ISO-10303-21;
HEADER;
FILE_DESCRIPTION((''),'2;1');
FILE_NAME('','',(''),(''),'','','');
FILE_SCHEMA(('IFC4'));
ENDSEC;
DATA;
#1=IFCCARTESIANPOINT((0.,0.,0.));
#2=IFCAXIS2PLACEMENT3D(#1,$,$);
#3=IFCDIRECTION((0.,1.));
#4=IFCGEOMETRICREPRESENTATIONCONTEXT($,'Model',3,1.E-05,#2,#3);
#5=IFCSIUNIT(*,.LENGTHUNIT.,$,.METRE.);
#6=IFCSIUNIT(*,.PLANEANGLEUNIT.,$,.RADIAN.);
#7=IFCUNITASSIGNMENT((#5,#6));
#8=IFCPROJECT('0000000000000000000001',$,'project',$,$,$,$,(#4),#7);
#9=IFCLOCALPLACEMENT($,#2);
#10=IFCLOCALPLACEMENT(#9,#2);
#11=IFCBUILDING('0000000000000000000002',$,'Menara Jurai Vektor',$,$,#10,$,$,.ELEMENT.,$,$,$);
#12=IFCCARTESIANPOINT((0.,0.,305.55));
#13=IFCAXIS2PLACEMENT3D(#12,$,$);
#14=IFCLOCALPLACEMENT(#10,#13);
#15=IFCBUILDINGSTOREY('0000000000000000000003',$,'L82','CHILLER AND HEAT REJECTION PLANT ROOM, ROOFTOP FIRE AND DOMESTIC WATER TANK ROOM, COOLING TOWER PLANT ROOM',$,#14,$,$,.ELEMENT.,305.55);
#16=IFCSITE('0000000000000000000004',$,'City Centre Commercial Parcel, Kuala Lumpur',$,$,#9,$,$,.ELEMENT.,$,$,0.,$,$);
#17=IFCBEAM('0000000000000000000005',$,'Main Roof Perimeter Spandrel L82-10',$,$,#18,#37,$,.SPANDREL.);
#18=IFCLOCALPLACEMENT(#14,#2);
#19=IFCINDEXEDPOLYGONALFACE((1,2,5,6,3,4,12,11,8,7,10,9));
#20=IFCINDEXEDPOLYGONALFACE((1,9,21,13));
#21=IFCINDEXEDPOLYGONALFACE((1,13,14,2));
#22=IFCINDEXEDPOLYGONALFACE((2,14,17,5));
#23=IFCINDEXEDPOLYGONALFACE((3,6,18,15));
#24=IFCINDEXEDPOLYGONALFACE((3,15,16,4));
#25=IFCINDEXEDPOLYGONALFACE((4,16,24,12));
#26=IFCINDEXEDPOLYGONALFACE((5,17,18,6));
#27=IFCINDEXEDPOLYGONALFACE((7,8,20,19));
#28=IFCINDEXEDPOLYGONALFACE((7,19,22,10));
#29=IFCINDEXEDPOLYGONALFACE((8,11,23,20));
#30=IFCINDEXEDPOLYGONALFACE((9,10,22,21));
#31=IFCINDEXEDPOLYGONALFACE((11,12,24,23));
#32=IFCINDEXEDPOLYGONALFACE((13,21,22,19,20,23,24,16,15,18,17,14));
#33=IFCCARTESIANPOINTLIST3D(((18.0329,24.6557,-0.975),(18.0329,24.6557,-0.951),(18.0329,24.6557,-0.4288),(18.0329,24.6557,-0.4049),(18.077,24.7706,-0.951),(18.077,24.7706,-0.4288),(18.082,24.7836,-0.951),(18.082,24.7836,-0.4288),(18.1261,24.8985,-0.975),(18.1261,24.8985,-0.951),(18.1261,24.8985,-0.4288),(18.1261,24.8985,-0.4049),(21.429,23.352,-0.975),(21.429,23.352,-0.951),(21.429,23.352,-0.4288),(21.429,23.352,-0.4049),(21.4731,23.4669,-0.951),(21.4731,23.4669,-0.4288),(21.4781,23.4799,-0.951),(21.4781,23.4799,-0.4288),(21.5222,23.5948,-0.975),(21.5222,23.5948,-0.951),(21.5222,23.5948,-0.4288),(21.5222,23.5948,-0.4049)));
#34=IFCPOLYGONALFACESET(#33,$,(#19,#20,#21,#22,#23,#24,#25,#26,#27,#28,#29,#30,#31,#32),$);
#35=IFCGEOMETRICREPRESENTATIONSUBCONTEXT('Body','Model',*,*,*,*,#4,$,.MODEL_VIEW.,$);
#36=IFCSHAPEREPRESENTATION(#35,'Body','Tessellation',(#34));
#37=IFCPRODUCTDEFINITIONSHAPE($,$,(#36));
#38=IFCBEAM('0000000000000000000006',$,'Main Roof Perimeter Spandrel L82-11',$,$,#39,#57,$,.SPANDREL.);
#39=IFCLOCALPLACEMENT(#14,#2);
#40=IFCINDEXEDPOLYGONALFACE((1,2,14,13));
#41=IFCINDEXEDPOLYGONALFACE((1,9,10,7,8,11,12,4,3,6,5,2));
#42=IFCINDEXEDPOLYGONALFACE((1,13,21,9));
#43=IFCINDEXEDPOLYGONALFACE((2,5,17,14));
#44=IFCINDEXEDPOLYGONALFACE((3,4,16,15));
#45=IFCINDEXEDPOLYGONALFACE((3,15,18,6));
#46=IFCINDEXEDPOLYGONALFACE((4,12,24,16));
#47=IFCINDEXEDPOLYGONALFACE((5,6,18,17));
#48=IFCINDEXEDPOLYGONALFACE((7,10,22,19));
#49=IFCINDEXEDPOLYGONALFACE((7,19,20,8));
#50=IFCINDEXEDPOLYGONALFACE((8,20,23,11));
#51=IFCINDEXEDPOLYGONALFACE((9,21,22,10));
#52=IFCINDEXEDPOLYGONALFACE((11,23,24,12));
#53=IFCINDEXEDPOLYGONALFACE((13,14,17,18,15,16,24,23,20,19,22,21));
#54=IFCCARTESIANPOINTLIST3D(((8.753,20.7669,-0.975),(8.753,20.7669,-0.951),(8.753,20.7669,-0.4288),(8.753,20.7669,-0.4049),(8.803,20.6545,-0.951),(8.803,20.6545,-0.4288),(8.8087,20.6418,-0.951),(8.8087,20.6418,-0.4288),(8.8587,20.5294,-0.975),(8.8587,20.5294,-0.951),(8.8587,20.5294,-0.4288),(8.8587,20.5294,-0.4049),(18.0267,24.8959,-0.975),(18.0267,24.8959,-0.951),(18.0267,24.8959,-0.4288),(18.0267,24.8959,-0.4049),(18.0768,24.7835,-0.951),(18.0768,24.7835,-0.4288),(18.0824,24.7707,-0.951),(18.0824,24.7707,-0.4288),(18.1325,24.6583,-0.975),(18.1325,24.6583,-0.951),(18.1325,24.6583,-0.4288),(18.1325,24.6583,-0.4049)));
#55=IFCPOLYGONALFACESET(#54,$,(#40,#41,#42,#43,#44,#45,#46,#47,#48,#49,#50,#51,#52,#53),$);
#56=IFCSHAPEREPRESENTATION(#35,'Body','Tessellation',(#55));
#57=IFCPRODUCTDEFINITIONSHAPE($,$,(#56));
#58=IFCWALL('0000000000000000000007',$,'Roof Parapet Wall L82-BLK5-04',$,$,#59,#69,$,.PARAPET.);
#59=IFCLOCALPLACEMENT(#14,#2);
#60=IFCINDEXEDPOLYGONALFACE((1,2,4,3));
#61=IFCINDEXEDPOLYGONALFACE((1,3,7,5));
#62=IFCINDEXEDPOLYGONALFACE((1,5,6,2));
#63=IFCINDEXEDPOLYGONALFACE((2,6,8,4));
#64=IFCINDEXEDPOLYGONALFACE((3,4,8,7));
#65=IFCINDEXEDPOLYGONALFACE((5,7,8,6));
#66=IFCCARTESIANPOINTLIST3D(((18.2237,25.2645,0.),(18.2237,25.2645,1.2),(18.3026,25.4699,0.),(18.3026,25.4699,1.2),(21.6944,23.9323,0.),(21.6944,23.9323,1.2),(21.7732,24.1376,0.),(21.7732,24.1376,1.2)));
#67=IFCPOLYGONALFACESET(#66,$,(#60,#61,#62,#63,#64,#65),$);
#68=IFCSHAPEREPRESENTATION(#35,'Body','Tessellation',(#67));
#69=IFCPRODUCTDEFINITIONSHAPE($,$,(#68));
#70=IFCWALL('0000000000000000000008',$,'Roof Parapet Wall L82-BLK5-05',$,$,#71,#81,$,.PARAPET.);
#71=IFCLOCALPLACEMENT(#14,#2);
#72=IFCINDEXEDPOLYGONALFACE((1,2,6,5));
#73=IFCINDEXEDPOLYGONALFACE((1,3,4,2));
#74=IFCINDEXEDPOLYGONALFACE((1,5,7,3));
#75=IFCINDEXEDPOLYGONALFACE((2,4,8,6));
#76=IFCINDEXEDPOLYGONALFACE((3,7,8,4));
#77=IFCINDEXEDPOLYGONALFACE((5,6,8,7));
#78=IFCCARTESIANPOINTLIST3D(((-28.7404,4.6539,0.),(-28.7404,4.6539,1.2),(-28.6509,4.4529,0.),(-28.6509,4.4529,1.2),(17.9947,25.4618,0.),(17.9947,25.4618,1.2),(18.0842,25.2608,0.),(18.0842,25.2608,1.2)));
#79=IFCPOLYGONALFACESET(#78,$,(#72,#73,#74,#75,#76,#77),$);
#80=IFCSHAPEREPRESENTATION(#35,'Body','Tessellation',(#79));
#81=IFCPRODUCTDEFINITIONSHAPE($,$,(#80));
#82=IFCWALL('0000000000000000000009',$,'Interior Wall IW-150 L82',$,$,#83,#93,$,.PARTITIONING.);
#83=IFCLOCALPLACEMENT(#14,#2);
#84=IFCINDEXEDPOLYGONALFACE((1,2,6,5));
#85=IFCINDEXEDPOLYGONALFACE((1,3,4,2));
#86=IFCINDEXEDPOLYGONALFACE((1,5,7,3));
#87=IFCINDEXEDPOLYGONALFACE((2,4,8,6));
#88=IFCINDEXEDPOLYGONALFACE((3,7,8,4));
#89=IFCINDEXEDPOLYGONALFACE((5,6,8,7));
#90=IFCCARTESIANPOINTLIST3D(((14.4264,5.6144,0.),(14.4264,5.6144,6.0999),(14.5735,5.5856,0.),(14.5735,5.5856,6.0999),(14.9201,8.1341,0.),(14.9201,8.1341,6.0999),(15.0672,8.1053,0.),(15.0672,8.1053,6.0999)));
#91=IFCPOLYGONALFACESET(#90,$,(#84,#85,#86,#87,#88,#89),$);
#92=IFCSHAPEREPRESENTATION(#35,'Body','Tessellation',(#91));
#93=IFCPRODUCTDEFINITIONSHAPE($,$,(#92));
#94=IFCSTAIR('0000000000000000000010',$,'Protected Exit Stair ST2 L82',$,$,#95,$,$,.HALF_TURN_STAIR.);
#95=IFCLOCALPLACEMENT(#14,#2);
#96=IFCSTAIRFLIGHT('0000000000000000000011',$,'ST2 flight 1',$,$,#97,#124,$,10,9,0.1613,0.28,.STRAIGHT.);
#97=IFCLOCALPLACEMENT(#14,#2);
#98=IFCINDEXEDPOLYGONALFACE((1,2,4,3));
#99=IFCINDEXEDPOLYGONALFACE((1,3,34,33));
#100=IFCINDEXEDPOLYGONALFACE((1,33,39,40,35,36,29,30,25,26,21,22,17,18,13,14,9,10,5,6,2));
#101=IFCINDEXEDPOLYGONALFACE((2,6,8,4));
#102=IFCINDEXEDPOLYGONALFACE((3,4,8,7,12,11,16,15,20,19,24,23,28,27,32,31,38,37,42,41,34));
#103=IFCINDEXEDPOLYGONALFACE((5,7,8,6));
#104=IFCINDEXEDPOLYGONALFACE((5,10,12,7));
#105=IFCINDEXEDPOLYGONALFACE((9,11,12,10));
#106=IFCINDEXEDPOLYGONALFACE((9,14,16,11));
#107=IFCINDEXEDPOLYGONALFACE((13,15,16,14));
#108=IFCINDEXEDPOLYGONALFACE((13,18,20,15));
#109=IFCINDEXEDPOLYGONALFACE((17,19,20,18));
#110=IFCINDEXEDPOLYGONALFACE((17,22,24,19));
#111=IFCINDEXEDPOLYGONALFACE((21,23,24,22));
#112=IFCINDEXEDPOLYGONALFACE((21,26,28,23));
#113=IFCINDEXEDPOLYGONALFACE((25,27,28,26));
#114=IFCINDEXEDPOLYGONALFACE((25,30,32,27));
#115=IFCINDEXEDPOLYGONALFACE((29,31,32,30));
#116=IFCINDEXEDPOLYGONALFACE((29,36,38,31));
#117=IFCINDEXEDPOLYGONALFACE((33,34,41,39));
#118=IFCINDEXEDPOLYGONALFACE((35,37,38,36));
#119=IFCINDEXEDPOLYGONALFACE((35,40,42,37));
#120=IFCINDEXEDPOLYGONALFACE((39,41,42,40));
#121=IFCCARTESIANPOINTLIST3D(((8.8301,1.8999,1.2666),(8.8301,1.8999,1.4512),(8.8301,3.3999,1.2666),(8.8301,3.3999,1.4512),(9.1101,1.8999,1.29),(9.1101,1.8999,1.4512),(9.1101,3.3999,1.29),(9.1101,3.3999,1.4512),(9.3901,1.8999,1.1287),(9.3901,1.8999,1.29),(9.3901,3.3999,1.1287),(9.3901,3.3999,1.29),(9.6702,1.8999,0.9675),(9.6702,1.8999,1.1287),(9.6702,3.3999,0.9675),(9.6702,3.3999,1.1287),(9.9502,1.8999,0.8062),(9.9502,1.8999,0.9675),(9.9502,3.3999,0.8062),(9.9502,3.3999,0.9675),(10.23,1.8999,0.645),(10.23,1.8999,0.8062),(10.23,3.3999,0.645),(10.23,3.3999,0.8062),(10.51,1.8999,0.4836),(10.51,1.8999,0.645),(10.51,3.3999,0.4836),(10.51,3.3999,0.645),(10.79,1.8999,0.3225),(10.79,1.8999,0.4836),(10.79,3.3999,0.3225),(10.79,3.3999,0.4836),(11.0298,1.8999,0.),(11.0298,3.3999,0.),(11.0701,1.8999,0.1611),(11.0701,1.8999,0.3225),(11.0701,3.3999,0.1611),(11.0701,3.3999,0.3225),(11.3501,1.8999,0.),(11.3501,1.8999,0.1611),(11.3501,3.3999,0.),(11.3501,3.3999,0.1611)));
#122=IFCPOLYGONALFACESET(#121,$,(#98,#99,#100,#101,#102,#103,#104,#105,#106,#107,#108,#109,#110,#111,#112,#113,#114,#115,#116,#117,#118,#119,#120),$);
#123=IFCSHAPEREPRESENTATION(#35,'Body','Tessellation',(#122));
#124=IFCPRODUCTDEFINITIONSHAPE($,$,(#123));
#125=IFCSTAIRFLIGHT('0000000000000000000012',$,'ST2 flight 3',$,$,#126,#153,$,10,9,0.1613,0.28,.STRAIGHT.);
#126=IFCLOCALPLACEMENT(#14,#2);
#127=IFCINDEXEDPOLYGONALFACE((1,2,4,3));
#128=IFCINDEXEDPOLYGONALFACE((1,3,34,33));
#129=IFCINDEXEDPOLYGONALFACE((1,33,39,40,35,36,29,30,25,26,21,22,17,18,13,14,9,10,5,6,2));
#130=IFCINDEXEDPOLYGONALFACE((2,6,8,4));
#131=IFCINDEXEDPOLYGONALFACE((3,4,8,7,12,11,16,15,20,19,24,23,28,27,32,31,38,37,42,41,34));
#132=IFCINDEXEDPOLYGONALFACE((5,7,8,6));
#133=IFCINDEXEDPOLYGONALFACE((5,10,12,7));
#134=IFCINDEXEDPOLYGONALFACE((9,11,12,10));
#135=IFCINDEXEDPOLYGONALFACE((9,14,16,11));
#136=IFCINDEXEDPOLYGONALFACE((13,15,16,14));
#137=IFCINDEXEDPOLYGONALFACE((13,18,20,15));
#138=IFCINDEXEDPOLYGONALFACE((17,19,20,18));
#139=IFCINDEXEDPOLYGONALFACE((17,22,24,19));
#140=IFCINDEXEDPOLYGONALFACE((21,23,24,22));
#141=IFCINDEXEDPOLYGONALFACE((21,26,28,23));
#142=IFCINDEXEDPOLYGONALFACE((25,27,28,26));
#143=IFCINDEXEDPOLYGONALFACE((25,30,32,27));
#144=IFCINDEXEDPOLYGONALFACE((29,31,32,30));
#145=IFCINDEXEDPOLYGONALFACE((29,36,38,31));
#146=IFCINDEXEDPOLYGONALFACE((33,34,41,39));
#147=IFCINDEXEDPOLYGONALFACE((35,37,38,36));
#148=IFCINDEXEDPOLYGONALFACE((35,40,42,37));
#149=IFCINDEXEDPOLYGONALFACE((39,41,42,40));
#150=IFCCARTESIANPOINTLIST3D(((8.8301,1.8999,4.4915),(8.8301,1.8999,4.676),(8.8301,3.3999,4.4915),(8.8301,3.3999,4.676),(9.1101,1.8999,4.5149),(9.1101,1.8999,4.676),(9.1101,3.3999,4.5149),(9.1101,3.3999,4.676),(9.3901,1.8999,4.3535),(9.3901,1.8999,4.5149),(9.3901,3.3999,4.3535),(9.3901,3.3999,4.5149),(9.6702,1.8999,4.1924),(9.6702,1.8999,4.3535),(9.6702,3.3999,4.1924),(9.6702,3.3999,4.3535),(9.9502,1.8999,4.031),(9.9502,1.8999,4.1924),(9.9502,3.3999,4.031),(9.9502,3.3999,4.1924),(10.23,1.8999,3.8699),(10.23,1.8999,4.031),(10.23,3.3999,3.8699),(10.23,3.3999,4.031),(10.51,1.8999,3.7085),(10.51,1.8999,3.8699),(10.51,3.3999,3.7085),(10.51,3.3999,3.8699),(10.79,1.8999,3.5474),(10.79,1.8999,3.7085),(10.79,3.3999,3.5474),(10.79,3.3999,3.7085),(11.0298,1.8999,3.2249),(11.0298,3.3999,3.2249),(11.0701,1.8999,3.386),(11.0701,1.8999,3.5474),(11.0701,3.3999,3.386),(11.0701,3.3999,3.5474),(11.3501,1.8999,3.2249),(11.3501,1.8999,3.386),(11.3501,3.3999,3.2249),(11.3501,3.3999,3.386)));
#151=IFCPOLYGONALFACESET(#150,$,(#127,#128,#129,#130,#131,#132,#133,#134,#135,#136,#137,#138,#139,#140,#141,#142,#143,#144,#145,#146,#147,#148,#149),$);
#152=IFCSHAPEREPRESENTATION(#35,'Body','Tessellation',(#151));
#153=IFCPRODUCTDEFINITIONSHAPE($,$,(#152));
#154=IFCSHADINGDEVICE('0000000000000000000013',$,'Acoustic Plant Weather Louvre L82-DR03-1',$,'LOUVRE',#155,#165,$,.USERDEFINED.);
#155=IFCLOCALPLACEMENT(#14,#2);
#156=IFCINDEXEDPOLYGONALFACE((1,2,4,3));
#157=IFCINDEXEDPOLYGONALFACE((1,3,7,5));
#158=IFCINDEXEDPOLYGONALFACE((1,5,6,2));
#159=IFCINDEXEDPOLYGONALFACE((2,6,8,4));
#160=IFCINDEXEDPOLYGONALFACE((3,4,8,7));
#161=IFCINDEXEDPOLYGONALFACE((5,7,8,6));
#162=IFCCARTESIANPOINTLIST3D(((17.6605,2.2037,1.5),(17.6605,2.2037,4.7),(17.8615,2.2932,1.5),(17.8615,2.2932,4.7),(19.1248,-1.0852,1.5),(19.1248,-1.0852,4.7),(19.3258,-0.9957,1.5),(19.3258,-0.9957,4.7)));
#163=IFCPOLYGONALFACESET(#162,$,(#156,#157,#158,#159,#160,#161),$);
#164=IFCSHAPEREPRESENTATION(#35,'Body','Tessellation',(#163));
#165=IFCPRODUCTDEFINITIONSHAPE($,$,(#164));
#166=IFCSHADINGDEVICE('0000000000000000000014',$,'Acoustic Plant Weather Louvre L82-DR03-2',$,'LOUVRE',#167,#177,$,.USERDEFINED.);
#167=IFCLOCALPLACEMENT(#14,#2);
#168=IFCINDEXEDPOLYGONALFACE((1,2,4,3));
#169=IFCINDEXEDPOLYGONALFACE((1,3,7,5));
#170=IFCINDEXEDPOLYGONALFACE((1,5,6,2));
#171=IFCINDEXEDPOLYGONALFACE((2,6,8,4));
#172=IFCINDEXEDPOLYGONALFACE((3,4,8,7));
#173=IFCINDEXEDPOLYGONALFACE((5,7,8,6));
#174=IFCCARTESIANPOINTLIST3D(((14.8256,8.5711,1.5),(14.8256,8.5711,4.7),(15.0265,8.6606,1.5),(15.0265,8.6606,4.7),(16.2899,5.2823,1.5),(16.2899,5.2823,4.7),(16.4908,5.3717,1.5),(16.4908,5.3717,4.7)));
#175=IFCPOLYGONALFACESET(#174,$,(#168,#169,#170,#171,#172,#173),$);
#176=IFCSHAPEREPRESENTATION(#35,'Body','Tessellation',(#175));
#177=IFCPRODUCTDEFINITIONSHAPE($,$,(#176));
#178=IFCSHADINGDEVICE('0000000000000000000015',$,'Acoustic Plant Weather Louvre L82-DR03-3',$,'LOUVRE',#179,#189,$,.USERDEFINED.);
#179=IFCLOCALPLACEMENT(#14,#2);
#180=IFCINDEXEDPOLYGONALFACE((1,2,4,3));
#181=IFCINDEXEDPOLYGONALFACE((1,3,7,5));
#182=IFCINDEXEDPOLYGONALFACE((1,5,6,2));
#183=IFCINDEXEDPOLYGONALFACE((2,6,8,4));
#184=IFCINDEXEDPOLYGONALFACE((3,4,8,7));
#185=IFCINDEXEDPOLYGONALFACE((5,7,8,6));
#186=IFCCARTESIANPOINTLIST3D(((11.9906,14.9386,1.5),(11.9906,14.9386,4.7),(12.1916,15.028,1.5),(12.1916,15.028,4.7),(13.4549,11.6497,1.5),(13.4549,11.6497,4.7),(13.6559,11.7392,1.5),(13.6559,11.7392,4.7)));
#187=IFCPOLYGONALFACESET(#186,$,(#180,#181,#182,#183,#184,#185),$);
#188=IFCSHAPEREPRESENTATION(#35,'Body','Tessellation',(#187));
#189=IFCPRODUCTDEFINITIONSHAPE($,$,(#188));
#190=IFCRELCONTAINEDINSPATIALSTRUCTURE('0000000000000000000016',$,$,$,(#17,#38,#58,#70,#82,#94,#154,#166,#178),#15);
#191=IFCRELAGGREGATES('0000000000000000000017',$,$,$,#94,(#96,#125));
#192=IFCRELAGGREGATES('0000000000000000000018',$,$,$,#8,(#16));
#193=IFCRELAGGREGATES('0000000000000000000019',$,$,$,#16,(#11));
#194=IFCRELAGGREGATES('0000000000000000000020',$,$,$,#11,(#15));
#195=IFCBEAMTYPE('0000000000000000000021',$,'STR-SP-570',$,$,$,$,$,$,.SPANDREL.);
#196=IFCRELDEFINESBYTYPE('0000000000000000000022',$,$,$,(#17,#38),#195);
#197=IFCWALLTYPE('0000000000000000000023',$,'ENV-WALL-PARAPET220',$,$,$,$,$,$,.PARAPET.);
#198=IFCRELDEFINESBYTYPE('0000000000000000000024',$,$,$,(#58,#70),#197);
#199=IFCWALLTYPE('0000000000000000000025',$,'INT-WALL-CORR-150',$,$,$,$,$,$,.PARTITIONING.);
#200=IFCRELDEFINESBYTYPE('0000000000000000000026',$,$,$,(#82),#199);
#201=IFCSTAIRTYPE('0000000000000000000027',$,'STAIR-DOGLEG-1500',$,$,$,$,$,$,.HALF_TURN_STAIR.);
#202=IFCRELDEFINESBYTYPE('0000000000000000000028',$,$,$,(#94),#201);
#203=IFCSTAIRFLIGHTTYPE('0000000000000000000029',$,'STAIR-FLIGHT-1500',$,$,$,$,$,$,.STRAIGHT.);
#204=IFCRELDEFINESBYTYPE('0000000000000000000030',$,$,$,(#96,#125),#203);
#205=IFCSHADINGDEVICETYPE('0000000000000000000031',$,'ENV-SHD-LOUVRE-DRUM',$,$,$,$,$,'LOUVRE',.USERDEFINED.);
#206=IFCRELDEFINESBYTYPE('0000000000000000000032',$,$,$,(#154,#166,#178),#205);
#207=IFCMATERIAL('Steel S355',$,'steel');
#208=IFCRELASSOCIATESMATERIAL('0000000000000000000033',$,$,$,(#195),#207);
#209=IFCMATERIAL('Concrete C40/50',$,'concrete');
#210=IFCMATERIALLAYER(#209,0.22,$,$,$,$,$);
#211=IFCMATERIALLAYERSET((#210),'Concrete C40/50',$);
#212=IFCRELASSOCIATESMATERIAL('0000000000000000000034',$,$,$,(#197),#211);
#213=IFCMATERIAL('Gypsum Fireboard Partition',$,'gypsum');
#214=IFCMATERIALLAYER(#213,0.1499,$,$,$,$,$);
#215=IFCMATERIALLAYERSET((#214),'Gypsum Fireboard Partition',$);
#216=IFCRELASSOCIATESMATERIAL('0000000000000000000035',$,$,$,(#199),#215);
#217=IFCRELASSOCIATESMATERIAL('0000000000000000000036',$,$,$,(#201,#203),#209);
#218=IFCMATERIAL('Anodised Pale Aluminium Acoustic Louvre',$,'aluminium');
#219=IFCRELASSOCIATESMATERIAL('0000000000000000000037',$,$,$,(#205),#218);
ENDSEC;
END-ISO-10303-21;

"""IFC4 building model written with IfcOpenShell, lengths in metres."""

from ifc_helpers import new_model, si_unit, direction, frame, frame_2d, origin, origin_2d, place, context, subcontext, project, spatial, polyline, rectangle, i_section, outline, extrude, material, layer, layer_set, material_profile, profile_set, type_object, element, aggregate, save


model = new_model("IFC4")

# Units and contexts
model_context = context("Model", 3, precision=1e-05, world=origin(), true_north=direction((0.0, 1.0)))
body_context = subcontext(model_context, "Body", "Model", "MODEL_VIEW")
ifc_project = project(units=[si_unit("LENGTHUNIT", "METRE"), si_unit("PLANEANGLEUNIT", "RADIAN")], contexts=[model_context])

# Site, building, storey
site_placement = place(None, origin())
site = spatial("IfcSite", under=ifc_project, at=site_placement, Name="City Centre Commercial Parcel, Kuala Lumpur", CompositionType="ELEMENT", RefElevation=0.0)
building_placement = place(site_placement, origin())
building = spatial("IfcBuilding", under=site, at=building_placement, Name="Menara Jurai Vektor", CompositionType="ELEMENT")
storey_placement = place(building_placement, frame((0.0, 0.0, 305.55)))
storey = spatial("IfcBuildingStorey", under=building, at=storey_placement, Name="L82", Description="CHILLER AND HEAT REJECTION PLANT ROOM, ROOFTOP FIRE AND DOMESTIC WATER TANK ROOM, COOLING TOWER PLANT ROOM", CompositionType="ELEMENT", Elevation=305.55)

# Beams
ifc_material_1 = material(Name="Steel S355", Category="steel")
ifc_material_profile_1 = material_profile(ifc_material_1, i_section(OverallWidth=0.26, OverallDepth=0.5701, WebThickness=0.0139, FlangeThickness=0.0239, at=origin_2d()), Name="PG 570x260x145")
ifc_profile_set_1 = profile_set([ifc_material_profile_1], Name="Steel S355")
beam_type_1 = type_object("IfcBeamType", Name="STR-SP-570", PredefinedType="SPANDREL", material=ifc_profile_set_1)
beam_1_placement = place(storey_placement, frame((21.4756, 23.4734, -0.6899), z_axis=(-0.93357, 0.358394, 0.0), x_axis=(-0.358394, -0.93357, 0.0)))
element("IfcBeam", 1, at=beam_1_placement, inside=storey, type_object=beam_type_1, Name="Main Roof Perimeter Spandrel L82-10", PredefinedType="SPANDREL", context=body_context, shape_type="SweptSolid", body=[
    extrude(i_section(OverallWidth=0.26, OverallDepth=0.5701, WebThickness=0.0139, FlangeThickness=0.0239, at=origin_2d()), origin(), (0.0, 0.0, 1.0), 3.6377),
])
beam_2_placement = place(storey_placement, frame((18.0796, 24.7771, -0.6899), z_axis=(-0.913546, -0.406736, 0.0), x_axis=(0.406736, -0.913546, 0.0)))
element("IfcBeam", 2, at=beam_2_placement, inside=storey, type_object=beam_type_1, Name="Main Roof Perimeter Spandrel L82-11", PredefinedType="SPANDREL", context=body_context, shape_type="SweptSolid", body=[
    extrude(i_section(OverallWidth=0.26, OverallDepth=0.5701, WebThickness=0.0139, FlangeThickness=0.0239, at=origin_2d()), origin(), (0.0, 0.0, 1.0), 10.1514),
])

# Walls
ifc_material_2 = material(Name="Concrete C40/50", Category="concrete")
ifc_layer_1 = layer(ifc_material_2, 0.22)
ifc_layer_set_1 = layer_set([ifc_layer_1], Name="Concrete C40/50")
wall_type_1 = type_object("IfcWallType", Name="ENV-WALL-PARAPET220", PredefinedType="PARAPET", material=ifc_layer_set_1)
wall_1_placement = place(storey_placement, frame((21.7339, 24.0349, 0.0), z_axis=(0.0, 0.0, 1.0), x_axis=(-0.933581, 0.358367, 0.0)))
element("IfcWall", 3, at=wall_1_placement, inside=storey, type_object=wall_type_1, Name="Roof Parapet Wall L82-BLK5-04", PredefinedType="PARAPET", context=body_context, shape_type="SweptSolid", body=[
    extrude(rectangle(XDim=3.7175, YDim=0.22, at=frame_2d((1.8589, 0.0))), origin(), (0.0, 0.0, 1.0), 1.2),
])
wall_2_placement = place(storey_placement, frame((18.0396, 25.3613, 0.0), z_axis=(0.0, 0.0, 1.0), x_axis=(-0.913545, -0.406737, 0.0)))
element("IfcWall", 4, at=wall_2_placement, inside=storey, type_object=wall_type_1, Name="Roof Parapet Wall L82-BLK5-05", PredefinedType="PARAPET", context=body_context, shape_type="SweptSolid", body=[
    extrude(rectangle(XDim=51.158, YDim=0.22, at=frame_2d((25.5791, 0.0))), origin(), (0.0, 0.0, 1.0), 1.2),
])
ifc_material_3 = material(Name="Gypsum Fireboard Partition", Category="gypsum")
ifc_layer_2 = layer(ifc_material_3, 0.1499)
ifc_layer_set_2 = layer_set([ifc_layer_2], Name="Gypsum Fireboard Partition")
wall_type_2 = type_object("IfcWallType", Name="INT-WALL-CORR-150", PredefinedType="PARTITIONING", material=ifc_layer_set_2)
wall_3_placement = place(storey_placement, frame((14.5, 5.6001, 0.0), z_axis=(0.0, 0.0, 1.0), x_axis=(0.192256, 0.981345, 0.0)))
element("IfcWall", 5, at=wall_3_placement, inside=storey, type_object=wall_type_2, Name="Interior Wall IW-150 L82", PredefinedType="PARTITIONING", context=body_context, shape_type="SweptSolid", body=[
    extrude(rectangle(XDim=2.5676, YDim=0.1499, at=frame_2d((1.2837, 0.0))), origin(), (0.0, 0.0, 1.0), 6.0999),
])

# Stair, stair flights
stair_type = type_object("IfcStairType", Name="STAIR-DOGLEG-1500", PredefinedType="HALF_TURN_STAIR", material=ifc_material_2)
stair_placement = place(storey_placement, origin())
stair = element("IfcStair", 6, at=stair_placement, inside=storey, type_object=stair_type, Name="Protected Exit Stair ST2 L82", PredefinedType="HALF_TURN_STAIR")
stair_flight_type = type_object("IfcStairFlightType", Name="STAIR-FLIGHT-1500", PredefinedType="STRAIGHT", material=ifc_material_2)
stair_flight_1_placement = place(storey_placement, frame((11.3501, 2.6499, 0.0), z_axis=(0.0, 0.0, 1.0), x_axis=(-1.0, 0.0, 0.0)))
stair_flight_1 = element("IfcStairFlight", 7, at=stair_flight_1_placement, type_object=stair_flight_type, Name="ST2 flight 1", NumberOfRisers=10, NumberOfTreads=9, PredefinedType="STRAIGHT", RiserHeight=0.1613, TreadLength=0.28, context=body_context, shape_type="SweptSolid", body=[
    extrude(outline(polyline([(0.0, 0.0), (0.0, 0.1611), (0.28, 0.1611), (0.28, 0.3225), (0.5601, 0.3225), (0.5601, 0.4836), (0.8401, 0.4836), (0.8401, 0.645), (1.1201, 0.645), (1.1201, 0.8062), (1.3999, 0.8062), (1.3999, 0.9675), (1.6799, 0.9675), (1.6799, 1.1287), (1.96, 1.1287), (1.96, 1.29), (2.24, 1.29), (2.24, 1.4512), (2.52, 1.4512), (2.52, 1.6125), (2.52, 1.2666), (0.3203, 0.0), (0.0, 0.0)])), frame((0.0, 0.75, 0.0), z_axis=(0.0, -1.0, 0.0), x_axis=(1.0, 0.0, 0.0)), (0.0, 0.0, 1.0), 1.5),
])
stair_flight_2_placement = place(storey_placement, frame((11.3501, 2.6499, 3.2249), z_axis=(0.0, 0.0, 1.0), x_axis=(-1.0, 0.0, 0.0)))
stair_flight_2 = element("IfcStairFlight", 8, at=stair_flight_2_placement, type_object=stair_flight_type, Name="ST2 flight 3", NumberOfRisers=10, NumberOfTreads=9, PredefinedType="STRAIGHT", RiserHeight=0.1613, TreadLength=0.28, context=body_context, shape_type="SweptSolid", body=[
    extrude(outline(polyline([(0.0, 0.0), (0.0, 0.1611), (0.28, 0.1611), (0.28, 0.3225), (0.5601, 0.3225), (0.5601, 0.4836), (0.8401, 0.4836), (0.8401, 0.645), (1.1201, 0.645), (1.1201, 0.8062), (1.3999, 0.8062), (1.3999, 0.9675), (1.6799, 0.9675), (1.6799, 1.1287), (1.96, 1.1287), (1.96, 1.29), (2.24, 1.29), (2.24, 1.4512), (2.52, 1.4512), (2.52, 1.6125), (2.52, 1.2666), (0.3203, 0.0), (0.0, 0.0)])), frame((0.0, 0.75, 0.0), z_axis=(0.0, -1.0, 0.0), x_axis=(1.0, 0.0, 0.0)), (0.0, 0.0, 1.0), 1.5),
])
aggregate(stair, [stair_flight_1, stair_flight_2])

# Shading devices
ifc_material_4 = material(Name="Anodised Pale Aluminium Acoustic Louvre", Category="aluminium")
shading_device_type = type_object("IfcShadingDeviceType", Name="ENV-SHD-LOUVRE-DRUM", ElementType="LOUVRE", PredefinedType="USERDEFINED", material=ifc_material_4)
for number, where, z_axis, x_axis, name in (
    (9, (18.4932, 0.604, 1.5), (0.0, 0.0, 1.0), (-0.406737, 0.913545, 0.0), "Acoustic Plant Weather Louvre L82-DR03-1"),
    (10, (15.6582, 6.9714, 1.5), (0.0, 0.0, 1.0), (-0.406737, 0.913545, 0.0), "Acoustic Plant Weather Louvre L82-DR03-2"),
    (11, (12.8232, 13.3389, 1.5), (0.0, 0.0, 1.0), (-0.406737, 0.913545, 0.0), "Acoustic Plant Weather Louvre L82-DR03-3"),
):
    element("IfcShadingDevice", number, at=place(storey_placement, frame(where, z_axis=z_axis, x_axis=x_axis)), inside=storey, type_object=shading_device_type, Name=name, ObjectType="LOUVRE", PredefinedType="USERDEFINED", context=body_context, shape_type="SweptSolid", body=[
        extrude(rectangle(XDim=3.6001, YDim=0.22, at=origin_2d()), origin(), (0.0, 0.0, 1.0), 3.2),
    ])

save(model, "model.ifc")
